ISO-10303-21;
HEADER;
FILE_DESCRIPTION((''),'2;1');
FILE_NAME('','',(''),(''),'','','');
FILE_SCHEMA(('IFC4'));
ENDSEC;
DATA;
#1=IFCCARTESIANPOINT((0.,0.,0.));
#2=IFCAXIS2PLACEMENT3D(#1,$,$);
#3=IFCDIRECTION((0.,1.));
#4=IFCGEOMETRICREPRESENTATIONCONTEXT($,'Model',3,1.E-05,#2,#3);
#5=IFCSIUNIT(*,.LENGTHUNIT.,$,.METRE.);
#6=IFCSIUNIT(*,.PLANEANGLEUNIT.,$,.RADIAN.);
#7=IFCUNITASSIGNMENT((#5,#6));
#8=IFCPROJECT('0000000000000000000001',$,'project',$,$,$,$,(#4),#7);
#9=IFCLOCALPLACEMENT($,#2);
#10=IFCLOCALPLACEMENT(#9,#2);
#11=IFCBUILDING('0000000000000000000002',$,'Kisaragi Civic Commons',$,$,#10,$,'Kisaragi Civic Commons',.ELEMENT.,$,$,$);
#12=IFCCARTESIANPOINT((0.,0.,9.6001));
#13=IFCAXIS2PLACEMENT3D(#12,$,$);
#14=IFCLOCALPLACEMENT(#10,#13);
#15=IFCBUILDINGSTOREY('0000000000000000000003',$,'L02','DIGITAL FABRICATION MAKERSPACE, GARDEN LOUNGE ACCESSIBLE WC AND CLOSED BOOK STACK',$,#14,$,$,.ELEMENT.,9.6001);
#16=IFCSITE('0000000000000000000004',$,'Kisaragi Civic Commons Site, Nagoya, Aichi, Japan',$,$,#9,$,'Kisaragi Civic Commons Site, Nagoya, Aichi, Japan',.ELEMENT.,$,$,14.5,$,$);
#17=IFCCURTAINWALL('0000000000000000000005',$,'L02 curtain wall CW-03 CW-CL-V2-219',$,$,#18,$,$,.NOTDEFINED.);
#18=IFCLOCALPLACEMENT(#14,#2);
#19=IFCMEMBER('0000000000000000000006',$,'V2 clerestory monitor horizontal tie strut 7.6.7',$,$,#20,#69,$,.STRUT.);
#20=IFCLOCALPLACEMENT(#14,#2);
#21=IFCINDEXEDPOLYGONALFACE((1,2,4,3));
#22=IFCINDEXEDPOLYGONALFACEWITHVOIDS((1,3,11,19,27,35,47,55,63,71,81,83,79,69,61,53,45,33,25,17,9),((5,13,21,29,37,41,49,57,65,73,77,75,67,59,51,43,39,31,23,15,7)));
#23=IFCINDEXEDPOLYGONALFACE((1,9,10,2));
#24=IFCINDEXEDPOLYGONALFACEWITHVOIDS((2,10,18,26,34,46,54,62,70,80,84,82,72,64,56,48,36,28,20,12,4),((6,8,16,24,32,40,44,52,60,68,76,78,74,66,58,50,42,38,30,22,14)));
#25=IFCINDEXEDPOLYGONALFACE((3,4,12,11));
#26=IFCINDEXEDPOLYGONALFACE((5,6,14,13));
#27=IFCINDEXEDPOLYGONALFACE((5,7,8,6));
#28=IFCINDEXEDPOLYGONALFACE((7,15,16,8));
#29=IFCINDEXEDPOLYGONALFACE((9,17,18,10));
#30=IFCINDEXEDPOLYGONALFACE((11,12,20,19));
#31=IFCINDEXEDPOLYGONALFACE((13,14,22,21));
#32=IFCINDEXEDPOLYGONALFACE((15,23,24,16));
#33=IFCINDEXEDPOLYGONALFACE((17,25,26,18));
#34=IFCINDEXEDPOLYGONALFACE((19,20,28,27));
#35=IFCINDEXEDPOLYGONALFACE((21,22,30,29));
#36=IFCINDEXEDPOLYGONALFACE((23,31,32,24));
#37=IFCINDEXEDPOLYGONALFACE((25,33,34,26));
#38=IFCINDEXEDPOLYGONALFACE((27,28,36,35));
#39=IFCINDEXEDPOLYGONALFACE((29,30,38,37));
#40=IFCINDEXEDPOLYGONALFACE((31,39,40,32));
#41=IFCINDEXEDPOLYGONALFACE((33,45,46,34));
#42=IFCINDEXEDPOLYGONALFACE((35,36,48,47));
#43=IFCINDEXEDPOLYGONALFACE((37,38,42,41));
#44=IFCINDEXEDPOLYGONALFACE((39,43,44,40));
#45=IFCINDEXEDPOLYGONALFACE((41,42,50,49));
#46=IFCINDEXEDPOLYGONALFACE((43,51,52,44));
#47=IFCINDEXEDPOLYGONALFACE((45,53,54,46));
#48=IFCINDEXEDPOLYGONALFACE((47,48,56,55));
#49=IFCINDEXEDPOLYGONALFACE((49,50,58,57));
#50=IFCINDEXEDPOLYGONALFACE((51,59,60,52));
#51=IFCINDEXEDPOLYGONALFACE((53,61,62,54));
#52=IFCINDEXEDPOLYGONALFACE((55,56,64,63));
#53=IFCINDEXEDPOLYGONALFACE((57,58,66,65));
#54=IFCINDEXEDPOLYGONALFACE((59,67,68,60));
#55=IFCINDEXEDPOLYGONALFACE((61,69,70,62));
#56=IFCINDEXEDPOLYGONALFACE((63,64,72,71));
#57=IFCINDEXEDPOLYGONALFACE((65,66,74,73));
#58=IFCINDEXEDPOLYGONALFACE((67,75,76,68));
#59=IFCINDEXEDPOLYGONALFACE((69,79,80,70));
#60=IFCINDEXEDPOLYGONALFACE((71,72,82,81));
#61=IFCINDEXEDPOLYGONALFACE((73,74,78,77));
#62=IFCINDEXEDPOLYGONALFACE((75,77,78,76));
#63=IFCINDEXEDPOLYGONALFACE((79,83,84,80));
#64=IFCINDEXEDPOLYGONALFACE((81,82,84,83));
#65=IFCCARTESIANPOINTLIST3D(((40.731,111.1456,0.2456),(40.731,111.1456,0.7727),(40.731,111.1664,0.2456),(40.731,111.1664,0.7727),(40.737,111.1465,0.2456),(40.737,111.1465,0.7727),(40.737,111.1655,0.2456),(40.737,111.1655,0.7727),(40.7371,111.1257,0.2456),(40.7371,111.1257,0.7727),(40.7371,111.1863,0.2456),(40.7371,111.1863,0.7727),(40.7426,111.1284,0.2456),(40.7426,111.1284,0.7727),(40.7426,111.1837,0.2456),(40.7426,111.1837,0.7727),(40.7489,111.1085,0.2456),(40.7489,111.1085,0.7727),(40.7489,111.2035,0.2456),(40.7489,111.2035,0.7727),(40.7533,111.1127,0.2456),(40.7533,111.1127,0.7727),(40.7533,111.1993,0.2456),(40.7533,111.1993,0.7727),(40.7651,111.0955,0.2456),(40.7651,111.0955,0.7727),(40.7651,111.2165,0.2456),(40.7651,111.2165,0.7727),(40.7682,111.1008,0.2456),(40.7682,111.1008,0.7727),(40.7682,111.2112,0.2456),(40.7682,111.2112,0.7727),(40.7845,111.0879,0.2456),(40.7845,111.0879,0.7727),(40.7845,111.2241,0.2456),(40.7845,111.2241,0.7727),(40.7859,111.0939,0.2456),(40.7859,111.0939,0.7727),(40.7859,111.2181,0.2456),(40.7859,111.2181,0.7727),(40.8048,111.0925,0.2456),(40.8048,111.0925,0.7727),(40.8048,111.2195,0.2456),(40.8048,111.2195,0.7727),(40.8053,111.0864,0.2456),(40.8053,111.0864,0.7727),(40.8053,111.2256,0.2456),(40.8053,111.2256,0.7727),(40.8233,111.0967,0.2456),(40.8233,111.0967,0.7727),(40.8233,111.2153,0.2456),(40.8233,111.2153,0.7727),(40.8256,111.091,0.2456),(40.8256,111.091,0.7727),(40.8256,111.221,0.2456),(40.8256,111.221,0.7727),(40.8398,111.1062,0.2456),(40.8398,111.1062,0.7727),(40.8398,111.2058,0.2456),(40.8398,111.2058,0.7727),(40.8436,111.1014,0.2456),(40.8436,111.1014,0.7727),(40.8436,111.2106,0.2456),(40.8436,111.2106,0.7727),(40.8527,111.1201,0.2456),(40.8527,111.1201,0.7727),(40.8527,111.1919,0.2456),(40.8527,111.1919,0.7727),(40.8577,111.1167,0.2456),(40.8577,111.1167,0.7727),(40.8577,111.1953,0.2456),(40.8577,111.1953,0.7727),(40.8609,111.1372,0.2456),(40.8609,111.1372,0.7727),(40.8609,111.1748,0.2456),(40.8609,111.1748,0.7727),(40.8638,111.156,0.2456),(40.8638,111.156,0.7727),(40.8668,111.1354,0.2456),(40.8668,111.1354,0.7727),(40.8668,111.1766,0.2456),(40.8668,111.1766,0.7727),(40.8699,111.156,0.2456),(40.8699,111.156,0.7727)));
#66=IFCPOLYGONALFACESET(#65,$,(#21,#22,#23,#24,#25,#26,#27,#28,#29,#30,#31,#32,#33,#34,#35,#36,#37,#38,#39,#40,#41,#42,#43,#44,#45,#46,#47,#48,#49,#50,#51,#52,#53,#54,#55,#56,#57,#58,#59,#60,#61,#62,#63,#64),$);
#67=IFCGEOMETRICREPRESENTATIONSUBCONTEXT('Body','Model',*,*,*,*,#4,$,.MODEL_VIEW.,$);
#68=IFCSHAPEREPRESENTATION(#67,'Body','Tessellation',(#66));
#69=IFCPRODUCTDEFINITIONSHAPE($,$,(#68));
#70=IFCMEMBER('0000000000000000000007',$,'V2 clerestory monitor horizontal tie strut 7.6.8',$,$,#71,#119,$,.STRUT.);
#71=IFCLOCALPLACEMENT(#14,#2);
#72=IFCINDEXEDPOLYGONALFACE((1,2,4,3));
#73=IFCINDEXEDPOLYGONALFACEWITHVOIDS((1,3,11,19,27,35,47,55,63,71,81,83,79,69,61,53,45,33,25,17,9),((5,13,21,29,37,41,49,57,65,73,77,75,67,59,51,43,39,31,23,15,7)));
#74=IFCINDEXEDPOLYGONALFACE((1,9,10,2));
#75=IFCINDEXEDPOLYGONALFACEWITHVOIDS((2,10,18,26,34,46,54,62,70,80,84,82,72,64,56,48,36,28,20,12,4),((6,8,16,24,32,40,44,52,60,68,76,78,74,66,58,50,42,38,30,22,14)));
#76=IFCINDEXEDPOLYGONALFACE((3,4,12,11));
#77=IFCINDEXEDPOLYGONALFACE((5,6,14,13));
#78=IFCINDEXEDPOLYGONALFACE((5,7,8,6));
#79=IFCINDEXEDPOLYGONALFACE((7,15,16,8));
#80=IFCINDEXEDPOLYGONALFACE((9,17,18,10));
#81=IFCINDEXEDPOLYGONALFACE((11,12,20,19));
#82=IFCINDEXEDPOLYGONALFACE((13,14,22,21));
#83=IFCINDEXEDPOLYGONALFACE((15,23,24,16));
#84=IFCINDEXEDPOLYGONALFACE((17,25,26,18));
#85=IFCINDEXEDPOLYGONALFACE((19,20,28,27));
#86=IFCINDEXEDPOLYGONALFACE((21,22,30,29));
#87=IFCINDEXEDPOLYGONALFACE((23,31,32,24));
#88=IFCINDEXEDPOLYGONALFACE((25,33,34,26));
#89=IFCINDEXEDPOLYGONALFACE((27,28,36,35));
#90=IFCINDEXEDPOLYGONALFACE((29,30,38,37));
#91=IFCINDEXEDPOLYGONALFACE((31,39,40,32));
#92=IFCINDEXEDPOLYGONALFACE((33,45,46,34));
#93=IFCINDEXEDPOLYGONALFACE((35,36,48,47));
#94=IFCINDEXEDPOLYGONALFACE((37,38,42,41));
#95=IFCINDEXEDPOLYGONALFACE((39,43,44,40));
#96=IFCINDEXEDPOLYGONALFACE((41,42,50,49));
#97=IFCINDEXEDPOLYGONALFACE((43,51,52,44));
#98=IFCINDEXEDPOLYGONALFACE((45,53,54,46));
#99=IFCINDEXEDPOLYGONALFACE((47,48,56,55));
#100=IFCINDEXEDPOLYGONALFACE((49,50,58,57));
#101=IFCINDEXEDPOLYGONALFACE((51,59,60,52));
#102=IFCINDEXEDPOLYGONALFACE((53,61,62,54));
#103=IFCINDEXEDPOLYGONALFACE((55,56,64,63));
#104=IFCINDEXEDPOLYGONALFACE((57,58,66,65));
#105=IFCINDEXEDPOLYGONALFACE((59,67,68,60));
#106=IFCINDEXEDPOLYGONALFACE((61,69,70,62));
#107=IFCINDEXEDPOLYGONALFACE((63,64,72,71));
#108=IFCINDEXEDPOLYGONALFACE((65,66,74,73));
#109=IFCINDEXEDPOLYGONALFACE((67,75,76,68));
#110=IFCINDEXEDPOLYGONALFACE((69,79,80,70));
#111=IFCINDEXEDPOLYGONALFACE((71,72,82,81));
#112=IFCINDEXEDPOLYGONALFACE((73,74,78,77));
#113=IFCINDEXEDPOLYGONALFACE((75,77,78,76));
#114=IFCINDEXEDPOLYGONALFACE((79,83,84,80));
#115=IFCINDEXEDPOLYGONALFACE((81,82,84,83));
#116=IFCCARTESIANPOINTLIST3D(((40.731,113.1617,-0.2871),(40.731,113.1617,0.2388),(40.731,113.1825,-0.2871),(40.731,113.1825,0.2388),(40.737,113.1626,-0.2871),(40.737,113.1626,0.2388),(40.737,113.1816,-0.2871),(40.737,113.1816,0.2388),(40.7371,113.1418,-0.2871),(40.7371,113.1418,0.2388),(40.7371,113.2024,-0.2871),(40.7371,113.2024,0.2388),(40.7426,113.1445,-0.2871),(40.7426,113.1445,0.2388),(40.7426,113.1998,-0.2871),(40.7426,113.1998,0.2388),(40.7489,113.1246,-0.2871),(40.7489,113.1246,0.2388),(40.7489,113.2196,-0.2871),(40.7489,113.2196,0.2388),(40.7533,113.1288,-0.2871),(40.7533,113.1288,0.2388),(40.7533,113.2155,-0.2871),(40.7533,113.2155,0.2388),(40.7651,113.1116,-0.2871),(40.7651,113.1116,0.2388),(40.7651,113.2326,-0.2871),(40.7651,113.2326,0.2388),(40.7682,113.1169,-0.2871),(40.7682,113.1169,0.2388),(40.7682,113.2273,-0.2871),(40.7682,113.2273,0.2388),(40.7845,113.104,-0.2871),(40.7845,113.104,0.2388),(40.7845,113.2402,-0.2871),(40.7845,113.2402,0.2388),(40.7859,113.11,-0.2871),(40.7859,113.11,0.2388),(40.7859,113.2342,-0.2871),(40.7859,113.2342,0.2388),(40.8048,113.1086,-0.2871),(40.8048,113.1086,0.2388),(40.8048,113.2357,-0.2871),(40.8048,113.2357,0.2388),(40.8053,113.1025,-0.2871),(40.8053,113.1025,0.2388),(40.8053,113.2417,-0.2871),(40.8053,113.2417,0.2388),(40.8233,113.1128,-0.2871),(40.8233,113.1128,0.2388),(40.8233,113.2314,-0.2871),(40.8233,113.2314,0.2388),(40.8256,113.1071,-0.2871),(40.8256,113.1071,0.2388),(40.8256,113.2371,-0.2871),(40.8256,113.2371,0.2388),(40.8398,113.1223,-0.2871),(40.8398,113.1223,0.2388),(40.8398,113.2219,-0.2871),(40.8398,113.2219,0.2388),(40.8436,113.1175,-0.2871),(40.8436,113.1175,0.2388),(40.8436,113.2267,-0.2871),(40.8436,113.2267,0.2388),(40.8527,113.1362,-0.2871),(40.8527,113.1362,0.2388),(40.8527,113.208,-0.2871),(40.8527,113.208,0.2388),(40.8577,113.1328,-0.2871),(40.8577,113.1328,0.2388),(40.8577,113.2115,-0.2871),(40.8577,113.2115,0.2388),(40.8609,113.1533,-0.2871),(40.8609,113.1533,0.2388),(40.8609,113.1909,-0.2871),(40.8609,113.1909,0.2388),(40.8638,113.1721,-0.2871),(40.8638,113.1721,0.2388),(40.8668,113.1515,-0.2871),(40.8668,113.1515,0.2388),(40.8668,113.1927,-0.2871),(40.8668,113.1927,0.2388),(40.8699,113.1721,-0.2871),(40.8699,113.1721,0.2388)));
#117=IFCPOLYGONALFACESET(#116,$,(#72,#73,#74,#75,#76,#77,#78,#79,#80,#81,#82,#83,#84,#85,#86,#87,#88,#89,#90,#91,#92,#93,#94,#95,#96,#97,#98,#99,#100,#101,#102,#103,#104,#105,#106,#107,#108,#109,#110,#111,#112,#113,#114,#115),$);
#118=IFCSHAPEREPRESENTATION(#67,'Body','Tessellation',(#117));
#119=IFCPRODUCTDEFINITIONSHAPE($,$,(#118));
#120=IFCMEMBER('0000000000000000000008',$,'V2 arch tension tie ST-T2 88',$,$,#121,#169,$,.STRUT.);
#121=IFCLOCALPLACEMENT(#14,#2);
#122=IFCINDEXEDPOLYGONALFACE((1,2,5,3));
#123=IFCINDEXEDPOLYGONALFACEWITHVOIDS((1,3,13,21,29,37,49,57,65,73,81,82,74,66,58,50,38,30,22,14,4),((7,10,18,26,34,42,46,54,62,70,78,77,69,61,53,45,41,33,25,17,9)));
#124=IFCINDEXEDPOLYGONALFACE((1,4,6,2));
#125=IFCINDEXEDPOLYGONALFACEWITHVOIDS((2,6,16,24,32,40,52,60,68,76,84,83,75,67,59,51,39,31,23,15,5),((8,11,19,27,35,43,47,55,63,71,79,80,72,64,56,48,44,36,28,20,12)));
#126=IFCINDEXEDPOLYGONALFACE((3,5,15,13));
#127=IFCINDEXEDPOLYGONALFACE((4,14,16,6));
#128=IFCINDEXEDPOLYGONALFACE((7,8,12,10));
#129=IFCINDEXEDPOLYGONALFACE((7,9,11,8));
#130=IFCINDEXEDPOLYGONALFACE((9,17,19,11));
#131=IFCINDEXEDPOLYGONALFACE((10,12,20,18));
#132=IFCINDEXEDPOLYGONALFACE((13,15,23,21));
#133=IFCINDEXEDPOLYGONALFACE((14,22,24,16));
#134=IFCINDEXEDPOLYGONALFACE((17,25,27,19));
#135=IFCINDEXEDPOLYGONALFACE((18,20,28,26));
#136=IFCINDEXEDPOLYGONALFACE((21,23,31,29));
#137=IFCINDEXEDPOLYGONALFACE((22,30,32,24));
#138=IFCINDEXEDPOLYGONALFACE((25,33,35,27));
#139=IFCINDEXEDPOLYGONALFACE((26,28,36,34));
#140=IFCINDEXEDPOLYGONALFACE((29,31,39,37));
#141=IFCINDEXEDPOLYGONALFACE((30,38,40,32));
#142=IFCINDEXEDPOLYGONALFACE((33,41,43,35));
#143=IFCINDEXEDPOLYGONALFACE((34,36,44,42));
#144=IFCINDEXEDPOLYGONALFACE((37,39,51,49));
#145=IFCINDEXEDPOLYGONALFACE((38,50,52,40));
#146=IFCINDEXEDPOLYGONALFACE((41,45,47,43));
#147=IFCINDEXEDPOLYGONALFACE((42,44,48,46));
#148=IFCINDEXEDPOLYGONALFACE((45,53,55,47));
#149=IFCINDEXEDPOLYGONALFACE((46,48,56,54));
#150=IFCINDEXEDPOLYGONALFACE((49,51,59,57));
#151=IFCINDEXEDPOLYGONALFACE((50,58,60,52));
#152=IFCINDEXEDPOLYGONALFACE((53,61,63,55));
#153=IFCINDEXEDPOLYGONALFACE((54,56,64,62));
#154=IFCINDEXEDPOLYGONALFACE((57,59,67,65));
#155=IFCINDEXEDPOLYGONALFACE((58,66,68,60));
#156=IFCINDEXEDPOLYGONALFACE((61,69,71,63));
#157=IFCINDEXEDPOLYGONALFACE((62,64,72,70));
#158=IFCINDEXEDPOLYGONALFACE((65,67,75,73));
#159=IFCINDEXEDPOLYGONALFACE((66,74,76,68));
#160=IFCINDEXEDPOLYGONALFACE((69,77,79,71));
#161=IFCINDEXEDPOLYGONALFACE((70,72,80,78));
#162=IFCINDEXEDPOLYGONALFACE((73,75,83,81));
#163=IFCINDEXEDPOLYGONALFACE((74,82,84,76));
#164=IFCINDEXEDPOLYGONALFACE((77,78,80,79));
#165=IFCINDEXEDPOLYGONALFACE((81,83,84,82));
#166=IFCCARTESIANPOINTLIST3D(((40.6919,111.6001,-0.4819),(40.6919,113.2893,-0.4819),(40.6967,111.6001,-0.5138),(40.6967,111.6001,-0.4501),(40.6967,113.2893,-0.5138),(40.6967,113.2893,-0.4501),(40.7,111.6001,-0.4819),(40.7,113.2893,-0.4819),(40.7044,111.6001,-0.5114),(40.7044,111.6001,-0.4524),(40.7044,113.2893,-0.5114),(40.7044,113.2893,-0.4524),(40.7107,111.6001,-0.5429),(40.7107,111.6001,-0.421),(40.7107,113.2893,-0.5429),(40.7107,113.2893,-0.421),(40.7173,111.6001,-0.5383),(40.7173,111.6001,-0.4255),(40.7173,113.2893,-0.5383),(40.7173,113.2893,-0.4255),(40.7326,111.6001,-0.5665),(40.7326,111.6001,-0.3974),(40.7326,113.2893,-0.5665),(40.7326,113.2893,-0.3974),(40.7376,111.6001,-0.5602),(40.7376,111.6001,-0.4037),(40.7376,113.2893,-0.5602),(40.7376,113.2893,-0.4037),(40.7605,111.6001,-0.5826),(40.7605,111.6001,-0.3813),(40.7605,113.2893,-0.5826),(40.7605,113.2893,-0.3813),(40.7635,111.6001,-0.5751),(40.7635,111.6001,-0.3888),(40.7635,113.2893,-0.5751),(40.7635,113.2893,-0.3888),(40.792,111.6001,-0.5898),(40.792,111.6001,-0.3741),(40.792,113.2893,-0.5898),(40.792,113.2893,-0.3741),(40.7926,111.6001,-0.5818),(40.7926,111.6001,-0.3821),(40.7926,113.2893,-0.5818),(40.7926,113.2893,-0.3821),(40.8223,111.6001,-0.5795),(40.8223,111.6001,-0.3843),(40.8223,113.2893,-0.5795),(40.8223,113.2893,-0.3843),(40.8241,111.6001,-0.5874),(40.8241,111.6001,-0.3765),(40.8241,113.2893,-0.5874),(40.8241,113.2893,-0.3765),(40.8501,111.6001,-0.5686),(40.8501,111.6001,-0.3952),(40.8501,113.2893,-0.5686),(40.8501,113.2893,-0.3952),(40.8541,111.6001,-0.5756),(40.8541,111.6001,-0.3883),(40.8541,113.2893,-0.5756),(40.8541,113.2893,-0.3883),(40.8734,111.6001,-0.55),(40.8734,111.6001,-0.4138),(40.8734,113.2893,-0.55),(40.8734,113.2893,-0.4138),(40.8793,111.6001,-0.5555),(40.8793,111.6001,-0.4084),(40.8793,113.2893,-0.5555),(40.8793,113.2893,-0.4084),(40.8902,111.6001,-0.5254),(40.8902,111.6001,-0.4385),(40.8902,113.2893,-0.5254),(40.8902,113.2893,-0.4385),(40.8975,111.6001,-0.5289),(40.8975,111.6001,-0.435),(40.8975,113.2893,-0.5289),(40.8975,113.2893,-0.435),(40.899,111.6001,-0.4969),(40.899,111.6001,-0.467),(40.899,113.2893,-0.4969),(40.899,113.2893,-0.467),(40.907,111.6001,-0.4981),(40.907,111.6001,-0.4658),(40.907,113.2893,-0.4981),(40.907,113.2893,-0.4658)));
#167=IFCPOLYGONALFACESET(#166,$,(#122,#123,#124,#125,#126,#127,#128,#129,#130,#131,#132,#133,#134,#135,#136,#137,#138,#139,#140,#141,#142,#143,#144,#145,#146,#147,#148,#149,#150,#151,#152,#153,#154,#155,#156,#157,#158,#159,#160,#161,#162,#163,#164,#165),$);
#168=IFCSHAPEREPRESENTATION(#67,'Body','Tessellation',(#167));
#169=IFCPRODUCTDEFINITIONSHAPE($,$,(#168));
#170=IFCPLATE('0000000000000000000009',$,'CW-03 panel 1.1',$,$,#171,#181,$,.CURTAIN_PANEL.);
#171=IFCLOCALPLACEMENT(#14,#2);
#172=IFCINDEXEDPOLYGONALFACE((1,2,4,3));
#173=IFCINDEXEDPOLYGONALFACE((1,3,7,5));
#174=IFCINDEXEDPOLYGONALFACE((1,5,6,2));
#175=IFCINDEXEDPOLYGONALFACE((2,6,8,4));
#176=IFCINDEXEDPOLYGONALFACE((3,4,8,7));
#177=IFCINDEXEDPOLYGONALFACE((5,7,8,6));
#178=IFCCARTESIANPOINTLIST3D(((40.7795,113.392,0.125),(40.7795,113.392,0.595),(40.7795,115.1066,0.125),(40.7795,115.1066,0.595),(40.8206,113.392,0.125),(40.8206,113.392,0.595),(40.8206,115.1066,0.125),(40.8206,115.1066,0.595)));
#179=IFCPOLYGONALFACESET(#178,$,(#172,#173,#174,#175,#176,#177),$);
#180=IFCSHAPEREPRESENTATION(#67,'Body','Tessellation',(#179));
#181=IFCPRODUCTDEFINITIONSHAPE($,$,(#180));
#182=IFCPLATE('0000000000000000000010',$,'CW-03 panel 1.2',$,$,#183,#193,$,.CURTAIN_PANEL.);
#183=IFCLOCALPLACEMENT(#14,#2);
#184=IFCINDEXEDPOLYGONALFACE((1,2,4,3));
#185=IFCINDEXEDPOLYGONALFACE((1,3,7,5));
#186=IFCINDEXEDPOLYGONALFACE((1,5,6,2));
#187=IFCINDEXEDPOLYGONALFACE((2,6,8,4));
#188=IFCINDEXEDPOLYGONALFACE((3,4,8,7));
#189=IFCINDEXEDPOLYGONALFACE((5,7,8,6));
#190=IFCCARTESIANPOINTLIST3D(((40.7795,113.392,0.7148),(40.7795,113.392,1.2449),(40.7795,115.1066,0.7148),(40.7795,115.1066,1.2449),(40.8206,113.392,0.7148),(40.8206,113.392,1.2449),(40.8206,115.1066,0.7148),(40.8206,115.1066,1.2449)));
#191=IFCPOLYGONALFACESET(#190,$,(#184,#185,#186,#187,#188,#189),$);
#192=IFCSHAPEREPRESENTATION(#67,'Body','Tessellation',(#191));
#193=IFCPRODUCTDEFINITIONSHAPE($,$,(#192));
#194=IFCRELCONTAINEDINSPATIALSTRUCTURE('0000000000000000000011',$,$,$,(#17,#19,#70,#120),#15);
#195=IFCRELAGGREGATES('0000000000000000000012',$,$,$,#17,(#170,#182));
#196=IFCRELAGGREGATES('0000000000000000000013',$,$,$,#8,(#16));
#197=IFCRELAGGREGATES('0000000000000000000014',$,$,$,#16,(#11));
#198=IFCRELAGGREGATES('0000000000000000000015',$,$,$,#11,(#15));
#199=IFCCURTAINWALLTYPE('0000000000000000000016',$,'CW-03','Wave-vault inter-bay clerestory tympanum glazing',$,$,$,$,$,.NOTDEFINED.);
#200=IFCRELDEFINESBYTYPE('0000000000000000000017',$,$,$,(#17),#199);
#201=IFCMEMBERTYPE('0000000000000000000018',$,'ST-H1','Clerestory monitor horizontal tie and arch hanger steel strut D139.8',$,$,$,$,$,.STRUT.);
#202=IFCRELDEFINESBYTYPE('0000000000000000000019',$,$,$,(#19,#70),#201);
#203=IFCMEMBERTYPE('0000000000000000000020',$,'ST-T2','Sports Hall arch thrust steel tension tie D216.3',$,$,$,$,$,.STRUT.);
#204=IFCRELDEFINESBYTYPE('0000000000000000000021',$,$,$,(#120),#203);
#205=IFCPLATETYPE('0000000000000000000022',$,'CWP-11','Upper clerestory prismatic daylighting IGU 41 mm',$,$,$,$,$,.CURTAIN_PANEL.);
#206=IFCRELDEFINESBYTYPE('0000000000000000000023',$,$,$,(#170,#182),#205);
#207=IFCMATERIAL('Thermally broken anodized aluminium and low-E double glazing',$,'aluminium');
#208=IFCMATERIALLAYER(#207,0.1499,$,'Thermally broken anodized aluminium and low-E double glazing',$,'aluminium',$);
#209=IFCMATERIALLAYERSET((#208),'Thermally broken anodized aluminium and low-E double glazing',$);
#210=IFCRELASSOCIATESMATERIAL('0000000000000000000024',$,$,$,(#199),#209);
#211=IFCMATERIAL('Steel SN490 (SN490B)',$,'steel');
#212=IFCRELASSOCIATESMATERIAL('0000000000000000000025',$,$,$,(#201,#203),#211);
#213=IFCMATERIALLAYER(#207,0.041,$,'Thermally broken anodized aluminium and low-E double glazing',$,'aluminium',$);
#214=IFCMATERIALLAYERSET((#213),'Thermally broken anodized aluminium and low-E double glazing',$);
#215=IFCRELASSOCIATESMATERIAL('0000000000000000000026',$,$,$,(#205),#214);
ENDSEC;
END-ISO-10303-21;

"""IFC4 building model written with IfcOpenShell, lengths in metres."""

from ifc_helpers import new_model, si_unit, direction, frame, origin, origin_2d, place, context, subcontext, project, spatial, rectangle, hollow_circle, extrude, material, layer, layer_set, material_profile, profile_set, type_object, element, aggregate, save


model = new_model("IFC4")

# Units and contexts
model_context = context("Model", 3, precision=1e-05, world=origin(), true_north=direction((0.0, 1.0)))
body_context = subcontext(model_context, "Body", "Model", "MODEL_VIEW")
ifc_project = project(units=[si_unit("LENGTHUNIT", "METRE"), si_unit("PLANEANGLEUNIT", "RADIAN")], contexts=[model_context])

# Site, building, storey
site_placement = place(None, origin())
site = spatial("IfcSite", under=ifc_project, at=site_placement, Name="Kisaragi Civic Commons Site, Nagoya, Aichi, Japan", LongName="Kisaragi Civic Commons Site, Nagoya, Aichi, Japan", CompositionType="ELEMENT", RefElevation=14.5)
building_placement = place(site_placement, origin())
building = spatial("IfcBuilding", under=site, at=building_placement, Name="Kisaragi Civic Commons", LongName="Kisaragi Civic Commons", CompositionType="ELEMENT")
storey_placement = place(building_placement, frame((0.0, 0.0, 9.6001)))
storey = spatial("IfcBuildingStorey", under=building, at=storey_placement, Name="L02", Description="DIGITAL FABRICATION MAKERSPACE, GARDEN LOUNGE ACCESSIBLE WC AND CLOSED BOOK STACK", CompositionType="ELEMENT", Elevation=9.6001)

# Curtain wall
ifc_material_1 = material(Name="Thermally broken anodized aluminium and low-E double glazing", Category="aluminium")
ifc_layer_1 = layer(ifc_material_1, 0.1499, Name="Thermally broken anodized aluminium and low-E double glazing", Category="aluminium")
ifc_layer_set_1 = layer_set([ifc_layer_1], Name="Thermally broken anodized aluminium and low-E double glazing")
curtain_wall_type = type_object("IfcCurtainWallType", Name="CW-03", Description="Wave-vault inter-bay clerestory tympanum glazing", PredefinedType="NOTDEFINED", material=ifc_layer_set_1)
curtain_wall_placement = place(storey_placement, origin())
curtain_wall = element("IfcCurtainWall", 1, at=curtain_wall_placement, inside=storey, type_object=curtain_wall_type, Name="L02 curtain wall CW-03 CW-CL-V2-219", PredefinedType="NOTDEFINED")

# Members
ifc_material_2 = material(Name="Steel SN490 (SN490B)", Category="steel")
ifc_material_profile_1 = material_profile(ifc_material_2, hollow_circle(Radius=0.0698, WallThickness=0.0061, at=origin_2d()), Name="CHS-139.8x6.0", Category="steel")
ifc_profile_set_1 = profile_set([ifc_material_profile_1], Name="Steel SN490 (SN490B)")
member_type_1 = type_object("IfcMemberType", Name="ST-H1", Description="Clerestory monitor horizontal tie and arch hanger steel strut D139.8", PredefinedType="STRUT", material=ifc_profile_set_1)
member_1_placement = place(storey_placement, frame((40.8, 111.156, 0.2456), z_axis=(0.0, 0.0, 1.0), x_axis=(1.0, 0.0, 0.0)))
element("IfcMember", 2, at=member_1_placement, inside=storey, type_object=member_type_1, Name="V2 clerestory monitor horizontal tie strut 7.6.7", PredefinedType="STRUT", context=body_context, shape_type="SweptSolid", body=[
    extrude(hollow_circle(Radius=0.0698, WallThickness=0.0061, at=origin_2d()), origin(), (0.0, 0.0, 1.0), 0.5271),
])
member_2_placement = place(storey_placement, frame((40.8, 113.1721, -0.2871), z_axis=(0.0, 0.0, 1.0), x_axis=(1.0, 0.0, 0.0)))
element("IfcMember", 3, at=member_2_placement, inside=storey, type_object=member_type_1, Name="V2 clerestory monitor horizontal tie strut 7.6.8", PredefinedType="STRUT", context=body_context, shape_type="SweptSolid", body=[
    extrude(hollow_circle(Radius=0.0698, WallThickness=0.0061, at=origin_2d()), origin(), (0.0, 0.0, 1.0), 0.5259),
])
ifc_material_profile_2 = material_profile(ifc_material_2, hollow_circle(Radius=0.1082, WallThickness=0.0081, at=origin_2d()), Name="CHS-216.3x8.0", Category="steel")
ifc_profile_set_2 = profile_set([ifc_material_profile_2], Name="Steel SN490 (SN490B)")
member_type_2 = type_object("IfcMemberType", Name="ST-T2", Description="Sports Hall arch thrust steel tension tie D216.3", PredefinedType="STRUT", material=ifc_profile_set_2)
member_3_placement = place(storey_placement, frame((40.8, 111.6001, -0.4819), z_axis=(0.0, 1.0, 0.0), x_axis=(-1.0, 0.0, 0.0)))
element("IfcMember", 4, at=member_3_placement, inside=storey, type_object=member_type_2, Name="V2 arch tension tie ST-T2 88", PredefinedType="STRUT", context=body_context, shape_type="SweptSolid", body=[
    extrude(hollow_circle(Radius=0.1082, WallThickness=0.0081, at=origin_2d()), origin(), (0.0, 0.0, 1.0), 1.6892),
])

# Plates
ifc_layer_2 = layer(ifc_material_1, 0.041, Name="Thermally broken anodized aluminium and low-E double glazing", Category="aluminium")
ifc_layer_set_2 = layer_set([ifc_layer_2], Name="Thermally broken anodized aluminium and low-E double glazing")
plate_type_1 = type_object("IfcPlateType", Name="CWP-11", Description="Upper clerestory prismatic daylighting IGU 41 mm", PredefinedType="CURTAIN_PANEL", material=ifc_layer_set_2)
plate_1_placement = place(storey_placement, frame((40.8, 114.2493, 0.125), z_axis=(0.0, 0.0, 1.0), x_axis=(0.0, 1.0, 0.0)))
plate_1 = element("IfcPlate", 5, at=plate_1_placement, type_object=plate_type_1, Name="CW-03 panel 1.1", PredefinedType="CURTAIN_PANEL", context=body_context, shape_type="SweptSolid", body=[
    extrude(rectangle(XDim=1.7146, YDim=0.041, at=origin_2d()), origin(), (0.0, 0.0, 1.0), 0.47),
])
plate_2_placement = place(storey_placement, frame((40.8, 114.2493, 0.7148), z_axis=(0.0, 0.0, 1.0), x_axis=(0.0, 1.0, 0.0)))
plate_2 = element("IfcPlate", 6, at=plate_2_placement, type_object=plate_type_1, Name="CW-03 panel 1.2", PredefinedType="CURTAIN_PANEL", context=body_context, shape_type="SweptSolid", body=[
    extrude(rectangle(XDim=1.7146, YDim=0.041, at=origin_2d()), origin(), (0.0, 0.0, 1.0), 0.53),
])
aggregate(curtain_wall, [plate_1, plate_2])

save(model, "model.ifc")
